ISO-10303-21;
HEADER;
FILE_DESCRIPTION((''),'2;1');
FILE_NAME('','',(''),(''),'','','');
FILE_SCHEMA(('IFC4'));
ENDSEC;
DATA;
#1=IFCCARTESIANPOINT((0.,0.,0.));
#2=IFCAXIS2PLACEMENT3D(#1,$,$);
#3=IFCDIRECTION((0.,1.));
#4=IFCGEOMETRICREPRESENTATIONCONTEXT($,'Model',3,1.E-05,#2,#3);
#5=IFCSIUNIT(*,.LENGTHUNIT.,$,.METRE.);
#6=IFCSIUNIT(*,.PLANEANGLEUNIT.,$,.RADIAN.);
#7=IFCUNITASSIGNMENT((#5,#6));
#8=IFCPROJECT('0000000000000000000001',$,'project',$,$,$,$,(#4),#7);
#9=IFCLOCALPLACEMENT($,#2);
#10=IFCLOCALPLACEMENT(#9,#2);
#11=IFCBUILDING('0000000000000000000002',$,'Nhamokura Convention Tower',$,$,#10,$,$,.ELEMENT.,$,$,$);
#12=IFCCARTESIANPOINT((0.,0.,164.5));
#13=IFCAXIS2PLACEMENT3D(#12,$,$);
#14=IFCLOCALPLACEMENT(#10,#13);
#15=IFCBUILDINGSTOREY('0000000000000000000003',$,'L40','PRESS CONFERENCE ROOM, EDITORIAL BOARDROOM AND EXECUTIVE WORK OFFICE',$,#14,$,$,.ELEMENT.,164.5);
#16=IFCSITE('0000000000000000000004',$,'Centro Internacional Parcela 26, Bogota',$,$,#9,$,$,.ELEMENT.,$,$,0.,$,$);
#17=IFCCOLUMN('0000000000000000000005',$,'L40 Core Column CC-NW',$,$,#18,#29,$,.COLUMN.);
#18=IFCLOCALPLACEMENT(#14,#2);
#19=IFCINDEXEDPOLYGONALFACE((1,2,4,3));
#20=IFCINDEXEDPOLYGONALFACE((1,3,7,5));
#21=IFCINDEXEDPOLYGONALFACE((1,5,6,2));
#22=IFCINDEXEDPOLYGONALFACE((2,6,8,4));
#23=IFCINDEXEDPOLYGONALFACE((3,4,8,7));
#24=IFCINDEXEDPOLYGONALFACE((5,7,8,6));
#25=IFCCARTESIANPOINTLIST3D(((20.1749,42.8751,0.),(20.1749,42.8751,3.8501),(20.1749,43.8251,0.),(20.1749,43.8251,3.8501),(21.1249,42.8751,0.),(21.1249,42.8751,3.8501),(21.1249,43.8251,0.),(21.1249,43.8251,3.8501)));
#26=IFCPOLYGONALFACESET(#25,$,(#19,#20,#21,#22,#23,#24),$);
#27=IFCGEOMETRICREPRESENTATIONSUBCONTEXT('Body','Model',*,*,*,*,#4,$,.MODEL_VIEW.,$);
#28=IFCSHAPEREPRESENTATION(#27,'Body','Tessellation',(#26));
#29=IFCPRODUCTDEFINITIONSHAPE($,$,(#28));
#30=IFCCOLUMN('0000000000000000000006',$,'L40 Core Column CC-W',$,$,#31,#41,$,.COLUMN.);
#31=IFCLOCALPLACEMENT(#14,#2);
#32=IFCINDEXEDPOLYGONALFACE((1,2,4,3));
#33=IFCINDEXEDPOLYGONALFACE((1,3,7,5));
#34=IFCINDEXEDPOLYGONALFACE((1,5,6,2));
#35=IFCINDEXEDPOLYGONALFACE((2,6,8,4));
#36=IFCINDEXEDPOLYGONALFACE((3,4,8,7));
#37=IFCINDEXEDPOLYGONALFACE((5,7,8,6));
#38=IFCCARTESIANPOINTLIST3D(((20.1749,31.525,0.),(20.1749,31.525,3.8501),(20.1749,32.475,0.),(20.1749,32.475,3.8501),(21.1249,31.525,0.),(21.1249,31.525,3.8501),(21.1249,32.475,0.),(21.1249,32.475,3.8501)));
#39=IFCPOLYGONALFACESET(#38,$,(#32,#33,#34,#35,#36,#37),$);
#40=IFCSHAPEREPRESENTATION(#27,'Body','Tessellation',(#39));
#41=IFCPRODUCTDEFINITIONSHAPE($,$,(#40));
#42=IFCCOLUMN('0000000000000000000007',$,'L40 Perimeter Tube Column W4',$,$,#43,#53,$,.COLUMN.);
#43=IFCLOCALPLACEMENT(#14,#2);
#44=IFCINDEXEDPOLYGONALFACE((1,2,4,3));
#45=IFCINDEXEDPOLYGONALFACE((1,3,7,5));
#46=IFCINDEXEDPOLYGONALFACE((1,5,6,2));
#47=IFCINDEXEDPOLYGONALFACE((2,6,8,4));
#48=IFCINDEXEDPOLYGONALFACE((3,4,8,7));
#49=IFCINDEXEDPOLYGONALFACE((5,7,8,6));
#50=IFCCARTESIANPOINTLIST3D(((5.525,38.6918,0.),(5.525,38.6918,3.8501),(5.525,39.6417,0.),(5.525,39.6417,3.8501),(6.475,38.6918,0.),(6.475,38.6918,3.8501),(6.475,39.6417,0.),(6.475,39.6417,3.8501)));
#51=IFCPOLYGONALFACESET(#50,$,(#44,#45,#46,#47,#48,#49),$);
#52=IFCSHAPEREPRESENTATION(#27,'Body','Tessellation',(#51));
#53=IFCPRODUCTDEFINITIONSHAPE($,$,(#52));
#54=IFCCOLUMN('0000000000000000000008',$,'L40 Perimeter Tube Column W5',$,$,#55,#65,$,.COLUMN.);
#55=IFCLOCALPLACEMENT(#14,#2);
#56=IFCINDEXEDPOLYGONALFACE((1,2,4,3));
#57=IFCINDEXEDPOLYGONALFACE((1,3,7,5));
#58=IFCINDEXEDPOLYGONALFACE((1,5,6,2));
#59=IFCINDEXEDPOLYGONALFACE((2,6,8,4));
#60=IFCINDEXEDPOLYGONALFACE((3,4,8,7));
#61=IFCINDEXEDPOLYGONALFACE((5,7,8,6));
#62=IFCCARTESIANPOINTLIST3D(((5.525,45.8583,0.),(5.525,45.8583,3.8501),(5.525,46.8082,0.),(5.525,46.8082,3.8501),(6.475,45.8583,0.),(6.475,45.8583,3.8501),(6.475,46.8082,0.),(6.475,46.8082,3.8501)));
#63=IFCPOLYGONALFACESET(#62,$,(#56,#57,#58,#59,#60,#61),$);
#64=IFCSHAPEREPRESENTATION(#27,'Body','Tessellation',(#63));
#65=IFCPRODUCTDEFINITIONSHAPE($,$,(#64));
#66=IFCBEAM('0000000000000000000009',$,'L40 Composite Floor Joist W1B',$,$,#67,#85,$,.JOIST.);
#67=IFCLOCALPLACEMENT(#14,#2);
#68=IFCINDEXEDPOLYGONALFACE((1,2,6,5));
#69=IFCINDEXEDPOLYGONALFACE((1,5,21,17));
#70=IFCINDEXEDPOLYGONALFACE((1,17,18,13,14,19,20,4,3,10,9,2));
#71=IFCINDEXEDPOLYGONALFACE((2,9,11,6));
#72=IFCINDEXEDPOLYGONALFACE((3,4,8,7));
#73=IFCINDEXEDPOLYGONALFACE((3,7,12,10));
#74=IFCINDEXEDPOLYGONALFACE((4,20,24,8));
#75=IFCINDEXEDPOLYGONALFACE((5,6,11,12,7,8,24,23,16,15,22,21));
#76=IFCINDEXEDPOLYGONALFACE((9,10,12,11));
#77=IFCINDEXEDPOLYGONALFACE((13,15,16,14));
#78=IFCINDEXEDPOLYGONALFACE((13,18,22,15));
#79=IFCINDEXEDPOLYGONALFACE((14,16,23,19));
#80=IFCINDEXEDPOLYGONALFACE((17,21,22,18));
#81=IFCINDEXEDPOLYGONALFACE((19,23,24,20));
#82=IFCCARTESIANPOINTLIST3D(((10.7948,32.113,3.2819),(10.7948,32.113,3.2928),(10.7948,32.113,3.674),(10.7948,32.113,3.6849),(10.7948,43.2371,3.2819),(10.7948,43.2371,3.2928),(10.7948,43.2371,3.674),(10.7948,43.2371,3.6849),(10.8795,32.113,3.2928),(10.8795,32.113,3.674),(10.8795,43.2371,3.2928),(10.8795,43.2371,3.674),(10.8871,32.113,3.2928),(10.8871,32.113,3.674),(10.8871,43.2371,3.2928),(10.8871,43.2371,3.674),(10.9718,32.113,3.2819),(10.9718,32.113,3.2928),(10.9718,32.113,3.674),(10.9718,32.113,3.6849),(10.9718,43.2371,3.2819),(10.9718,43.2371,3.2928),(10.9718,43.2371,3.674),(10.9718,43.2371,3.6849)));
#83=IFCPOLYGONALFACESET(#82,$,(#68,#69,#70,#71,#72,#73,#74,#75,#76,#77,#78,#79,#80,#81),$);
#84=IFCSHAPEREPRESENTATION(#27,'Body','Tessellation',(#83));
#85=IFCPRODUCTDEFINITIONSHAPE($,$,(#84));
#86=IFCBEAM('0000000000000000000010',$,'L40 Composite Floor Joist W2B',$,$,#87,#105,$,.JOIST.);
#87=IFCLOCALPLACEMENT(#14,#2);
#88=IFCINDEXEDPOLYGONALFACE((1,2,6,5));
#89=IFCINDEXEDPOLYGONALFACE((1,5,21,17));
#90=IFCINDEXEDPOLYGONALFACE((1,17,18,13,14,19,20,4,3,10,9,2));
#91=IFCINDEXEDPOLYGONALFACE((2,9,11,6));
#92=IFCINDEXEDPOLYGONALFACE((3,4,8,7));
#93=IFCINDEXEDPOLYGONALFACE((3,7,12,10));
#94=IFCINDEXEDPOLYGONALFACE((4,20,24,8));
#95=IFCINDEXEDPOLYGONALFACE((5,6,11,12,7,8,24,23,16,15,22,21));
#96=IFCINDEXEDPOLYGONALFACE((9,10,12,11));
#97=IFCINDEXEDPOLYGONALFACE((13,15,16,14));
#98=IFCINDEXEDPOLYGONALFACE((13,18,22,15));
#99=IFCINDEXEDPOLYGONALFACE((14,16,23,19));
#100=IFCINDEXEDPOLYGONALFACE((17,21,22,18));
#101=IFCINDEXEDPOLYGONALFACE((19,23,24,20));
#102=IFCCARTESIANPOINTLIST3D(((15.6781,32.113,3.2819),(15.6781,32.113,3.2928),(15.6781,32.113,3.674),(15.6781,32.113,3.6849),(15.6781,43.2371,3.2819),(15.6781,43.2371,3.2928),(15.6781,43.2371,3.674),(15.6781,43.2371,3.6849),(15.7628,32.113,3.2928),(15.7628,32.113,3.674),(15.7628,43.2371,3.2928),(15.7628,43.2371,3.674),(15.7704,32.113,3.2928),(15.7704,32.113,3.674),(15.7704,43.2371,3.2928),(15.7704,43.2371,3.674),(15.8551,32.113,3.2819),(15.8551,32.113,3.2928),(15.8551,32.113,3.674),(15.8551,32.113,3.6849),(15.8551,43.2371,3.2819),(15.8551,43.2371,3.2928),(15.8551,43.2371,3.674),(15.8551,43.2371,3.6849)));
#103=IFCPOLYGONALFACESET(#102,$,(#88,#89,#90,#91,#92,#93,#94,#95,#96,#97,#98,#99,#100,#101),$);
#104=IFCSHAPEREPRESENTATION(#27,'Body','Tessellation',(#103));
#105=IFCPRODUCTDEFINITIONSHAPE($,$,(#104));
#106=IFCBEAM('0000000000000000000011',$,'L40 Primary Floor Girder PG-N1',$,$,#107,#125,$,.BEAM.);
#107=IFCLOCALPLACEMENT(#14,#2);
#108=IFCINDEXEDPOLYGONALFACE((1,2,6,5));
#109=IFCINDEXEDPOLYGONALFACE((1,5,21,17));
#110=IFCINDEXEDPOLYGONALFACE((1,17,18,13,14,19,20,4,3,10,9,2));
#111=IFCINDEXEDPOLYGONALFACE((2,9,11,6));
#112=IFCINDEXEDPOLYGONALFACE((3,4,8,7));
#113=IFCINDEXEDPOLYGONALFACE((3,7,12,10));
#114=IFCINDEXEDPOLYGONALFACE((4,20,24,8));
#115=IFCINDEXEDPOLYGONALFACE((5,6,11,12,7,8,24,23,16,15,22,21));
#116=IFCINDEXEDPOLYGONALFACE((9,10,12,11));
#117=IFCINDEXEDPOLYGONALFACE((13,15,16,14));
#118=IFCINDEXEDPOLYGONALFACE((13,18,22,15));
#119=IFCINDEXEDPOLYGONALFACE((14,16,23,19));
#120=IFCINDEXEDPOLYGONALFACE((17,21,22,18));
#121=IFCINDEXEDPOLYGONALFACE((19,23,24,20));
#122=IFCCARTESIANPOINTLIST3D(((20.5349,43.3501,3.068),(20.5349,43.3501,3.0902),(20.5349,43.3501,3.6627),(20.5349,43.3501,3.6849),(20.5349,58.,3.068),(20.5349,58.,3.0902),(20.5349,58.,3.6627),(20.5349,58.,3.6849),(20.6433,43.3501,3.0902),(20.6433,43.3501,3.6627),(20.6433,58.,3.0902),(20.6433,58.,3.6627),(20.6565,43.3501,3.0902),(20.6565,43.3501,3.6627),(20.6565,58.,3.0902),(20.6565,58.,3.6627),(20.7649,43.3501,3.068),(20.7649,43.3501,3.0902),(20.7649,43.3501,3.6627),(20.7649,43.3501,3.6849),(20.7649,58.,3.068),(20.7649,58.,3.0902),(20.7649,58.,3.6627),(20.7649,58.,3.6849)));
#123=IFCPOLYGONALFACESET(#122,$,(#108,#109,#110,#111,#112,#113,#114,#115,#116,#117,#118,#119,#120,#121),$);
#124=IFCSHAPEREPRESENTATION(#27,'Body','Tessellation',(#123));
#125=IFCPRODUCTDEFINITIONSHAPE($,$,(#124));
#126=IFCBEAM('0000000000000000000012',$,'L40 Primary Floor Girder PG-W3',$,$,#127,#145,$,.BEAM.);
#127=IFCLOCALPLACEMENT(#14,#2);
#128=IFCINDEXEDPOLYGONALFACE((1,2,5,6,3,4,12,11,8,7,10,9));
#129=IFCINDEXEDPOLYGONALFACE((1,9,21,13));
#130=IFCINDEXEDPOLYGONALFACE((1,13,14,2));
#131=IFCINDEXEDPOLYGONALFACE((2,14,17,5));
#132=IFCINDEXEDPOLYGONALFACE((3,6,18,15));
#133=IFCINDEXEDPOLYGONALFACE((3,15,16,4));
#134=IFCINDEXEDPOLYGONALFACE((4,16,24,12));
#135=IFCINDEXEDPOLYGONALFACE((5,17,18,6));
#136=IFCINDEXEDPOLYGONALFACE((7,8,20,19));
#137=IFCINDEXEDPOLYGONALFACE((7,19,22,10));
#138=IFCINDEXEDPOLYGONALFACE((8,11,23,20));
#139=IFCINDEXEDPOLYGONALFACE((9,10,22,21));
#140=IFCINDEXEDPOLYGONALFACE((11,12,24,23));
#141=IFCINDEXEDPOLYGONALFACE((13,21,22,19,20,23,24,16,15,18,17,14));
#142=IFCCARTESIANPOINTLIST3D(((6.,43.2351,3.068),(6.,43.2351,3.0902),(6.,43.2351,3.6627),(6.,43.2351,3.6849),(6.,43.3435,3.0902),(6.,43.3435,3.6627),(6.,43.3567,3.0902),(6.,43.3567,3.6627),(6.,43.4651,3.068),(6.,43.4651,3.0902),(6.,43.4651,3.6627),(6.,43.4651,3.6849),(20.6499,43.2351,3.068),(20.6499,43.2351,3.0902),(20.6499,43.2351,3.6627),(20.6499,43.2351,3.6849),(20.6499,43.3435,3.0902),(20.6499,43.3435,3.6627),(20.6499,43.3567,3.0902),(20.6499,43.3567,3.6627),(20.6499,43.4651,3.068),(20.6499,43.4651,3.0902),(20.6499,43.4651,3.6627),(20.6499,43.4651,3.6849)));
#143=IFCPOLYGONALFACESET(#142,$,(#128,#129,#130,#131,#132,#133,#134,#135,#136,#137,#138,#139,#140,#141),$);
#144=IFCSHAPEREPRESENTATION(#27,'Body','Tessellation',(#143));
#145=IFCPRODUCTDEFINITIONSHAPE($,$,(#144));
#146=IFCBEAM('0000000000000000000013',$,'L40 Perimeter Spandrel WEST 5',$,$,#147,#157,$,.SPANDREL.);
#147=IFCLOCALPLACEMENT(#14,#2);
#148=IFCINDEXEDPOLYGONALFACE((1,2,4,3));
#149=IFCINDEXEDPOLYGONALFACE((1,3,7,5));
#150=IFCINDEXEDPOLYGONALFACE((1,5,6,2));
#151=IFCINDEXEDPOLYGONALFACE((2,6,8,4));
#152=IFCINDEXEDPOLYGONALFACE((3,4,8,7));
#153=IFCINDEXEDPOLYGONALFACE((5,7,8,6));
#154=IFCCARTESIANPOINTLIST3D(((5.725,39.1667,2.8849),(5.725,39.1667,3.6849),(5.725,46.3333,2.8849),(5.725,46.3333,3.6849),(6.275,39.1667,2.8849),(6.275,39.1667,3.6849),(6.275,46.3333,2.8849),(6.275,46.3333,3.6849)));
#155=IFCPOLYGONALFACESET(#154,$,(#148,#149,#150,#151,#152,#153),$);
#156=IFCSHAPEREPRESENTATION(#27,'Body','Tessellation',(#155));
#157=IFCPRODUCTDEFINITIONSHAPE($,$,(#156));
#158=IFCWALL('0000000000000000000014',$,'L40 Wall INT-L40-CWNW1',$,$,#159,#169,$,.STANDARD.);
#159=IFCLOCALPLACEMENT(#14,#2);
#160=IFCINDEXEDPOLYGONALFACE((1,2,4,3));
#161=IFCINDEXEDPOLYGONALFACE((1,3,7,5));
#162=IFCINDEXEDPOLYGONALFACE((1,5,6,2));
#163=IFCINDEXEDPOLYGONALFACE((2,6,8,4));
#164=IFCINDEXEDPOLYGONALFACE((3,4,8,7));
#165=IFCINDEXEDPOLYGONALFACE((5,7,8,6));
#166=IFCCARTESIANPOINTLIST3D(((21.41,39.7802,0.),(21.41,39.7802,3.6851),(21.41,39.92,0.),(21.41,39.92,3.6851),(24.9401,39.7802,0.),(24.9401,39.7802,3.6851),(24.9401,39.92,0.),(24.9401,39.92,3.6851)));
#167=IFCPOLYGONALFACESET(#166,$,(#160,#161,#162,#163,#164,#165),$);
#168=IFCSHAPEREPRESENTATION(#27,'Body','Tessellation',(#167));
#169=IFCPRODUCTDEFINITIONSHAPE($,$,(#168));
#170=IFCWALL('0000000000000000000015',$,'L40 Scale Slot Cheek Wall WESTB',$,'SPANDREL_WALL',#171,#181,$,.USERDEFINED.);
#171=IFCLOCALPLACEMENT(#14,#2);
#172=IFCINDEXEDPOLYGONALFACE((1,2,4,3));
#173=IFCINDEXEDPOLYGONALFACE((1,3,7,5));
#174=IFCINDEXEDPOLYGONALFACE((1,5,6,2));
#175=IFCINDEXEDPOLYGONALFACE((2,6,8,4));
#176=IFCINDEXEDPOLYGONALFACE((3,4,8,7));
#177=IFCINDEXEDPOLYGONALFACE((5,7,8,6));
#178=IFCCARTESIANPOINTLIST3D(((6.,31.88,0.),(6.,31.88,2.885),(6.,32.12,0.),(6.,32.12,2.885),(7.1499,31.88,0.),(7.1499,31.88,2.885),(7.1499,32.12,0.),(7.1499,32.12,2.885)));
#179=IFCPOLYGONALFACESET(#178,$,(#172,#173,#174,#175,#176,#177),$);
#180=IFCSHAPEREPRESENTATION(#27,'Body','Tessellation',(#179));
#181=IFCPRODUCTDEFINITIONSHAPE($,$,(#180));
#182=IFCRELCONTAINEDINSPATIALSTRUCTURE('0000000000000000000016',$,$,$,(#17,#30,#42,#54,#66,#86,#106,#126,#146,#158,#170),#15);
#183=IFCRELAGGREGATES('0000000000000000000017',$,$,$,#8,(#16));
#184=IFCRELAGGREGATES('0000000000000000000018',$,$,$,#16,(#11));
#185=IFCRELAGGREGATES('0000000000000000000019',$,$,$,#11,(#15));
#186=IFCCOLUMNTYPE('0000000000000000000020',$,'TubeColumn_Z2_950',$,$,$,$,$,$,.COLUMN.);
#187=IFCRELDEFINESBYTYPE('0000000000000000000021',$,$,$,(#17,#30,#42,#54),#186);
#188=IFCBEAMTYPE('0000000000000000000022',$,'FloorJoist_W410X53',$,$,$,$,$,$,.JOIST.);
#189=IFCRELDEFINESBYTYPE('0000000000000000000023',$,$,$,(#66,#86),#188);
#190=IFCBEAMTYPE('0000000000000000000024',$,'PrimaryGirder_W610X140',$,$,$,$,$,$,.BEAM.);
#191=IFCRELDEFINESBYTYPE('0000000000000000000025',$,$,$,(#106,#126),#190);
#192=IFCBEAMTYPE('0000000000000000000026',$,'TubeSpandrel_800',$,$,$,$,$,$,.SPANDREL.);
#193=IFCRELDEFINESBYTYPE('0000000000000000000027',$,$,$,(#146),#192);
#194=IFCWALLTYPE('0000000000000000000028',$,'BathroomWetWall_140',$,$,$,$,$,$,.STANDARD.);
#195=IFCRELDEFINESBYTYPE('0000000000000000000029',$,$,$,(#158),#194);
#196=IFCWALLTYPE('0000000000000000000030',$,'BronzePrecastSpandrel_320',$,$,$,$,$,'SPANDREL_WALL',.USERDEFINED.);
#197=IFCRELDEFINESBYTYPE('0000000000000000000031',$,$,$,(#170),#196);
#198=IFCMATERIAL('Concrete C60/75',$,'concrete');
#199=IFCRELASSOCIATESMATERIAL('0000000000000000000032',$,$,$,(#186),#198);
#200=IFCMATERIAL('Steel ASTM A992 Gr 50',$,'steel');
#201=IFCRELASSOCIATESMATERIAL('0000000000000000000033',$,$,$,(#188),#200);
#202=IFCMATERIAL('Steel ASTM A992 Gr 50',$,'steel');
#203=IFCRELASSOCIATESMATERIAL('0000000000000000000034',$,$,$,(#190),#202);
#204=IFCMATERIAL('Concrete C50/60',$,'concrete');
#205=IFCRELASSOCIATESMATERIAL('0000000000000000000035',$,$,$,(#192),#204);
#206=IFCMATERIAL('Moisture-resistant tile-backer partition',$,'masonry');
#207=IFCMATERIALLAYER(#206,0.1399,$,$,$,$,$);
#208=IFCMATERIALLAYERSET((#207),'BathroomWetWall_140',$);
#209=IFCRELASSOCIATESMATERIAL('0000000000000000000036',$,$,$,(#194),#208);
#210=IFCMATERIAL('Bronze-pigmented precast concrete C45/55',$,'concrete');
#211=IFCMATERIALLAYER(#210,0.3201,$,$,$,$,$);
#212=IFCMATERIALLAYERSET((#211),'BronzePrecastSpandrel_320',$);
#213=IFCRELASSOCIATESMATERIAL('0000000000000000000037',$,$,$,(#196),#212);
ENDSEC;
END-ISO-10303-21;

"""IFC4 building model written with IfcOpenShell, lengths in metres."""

from ifc_helpers import new_model, si_unit, direction, frame, frame_2d, origin, origin_2d, place, context, subcontext, project, spatial, rectangle, i_section, extrude, material, layer, layer_set, material_profile, profile_set, type_object, element, save


model = new_model("IFC4")

# Units and contexts
model_context = context("Model", 3, precision=1e-05, world=origin(), true_north=direction((0.0, 1.0)))
body_context = subcontext(model_context, "Body", "Model", "MODEL_VIEW")
ifc_project = project(units=[si_unit("LENGTHUNIT", "METRE"), si_unit("PLANEANGLEUNIT", "RADIAN")], contexts=[model_context])

# Site, building, storey
site_placement = place(None, origin())
site = spatial("IfcSite", under=ifc_project, at=site_placement, Name="Centro Internacional Parcela 26, Bogota", CompositionType="ELEMENT", RefElevation=0.0)
building_placement = place(site_placement, origin())
building = spatial("IfcBuilding", under=site, at=building_placement, Name="Nhamokura Convention Tower", CompositionType="ELEMENT")
storey_placement = place(building_placement, frame((0.0, 0.0, 164.5)))
storey = spatial("IfcBuildingStorey", under=building, at=storey_placement, Name="L40", Description="PRESS CONFERENCE ROOM, EDITORIAL BOARDROOM AND EXECUTIVE WORK OFFICE", CompositionType="ELEMENT", Elevation=164.5)

# Columns
ifc_material_1 = material(Name="Concrete C60/75", Category="concrete")
ifc_material_profile_1 = material_profile(ifc_material_1, rectangle(XDim=0.95, YDim=0.95, at=origin_2d()))
ifc_profile_set_1 = profile_set([ifc_material_profile_1], Name="Concrete C60/75")
column_type = type_object("IfcColumnType", Name="TubeColumn_Z2_950", PredefinedType="COLUMN", material=ifc_profile_set_1)
for number, where, z_axis, x_axis, name in (
    (1, (20.6499, 43.3501, 0.0), (0.0, 0.0, 1.0), (1.0, 0.0, 0.0), "L40 Core Column CC-NW"),
    (2, (20.6499, 32.0, 0.0), (0.0, 0.0, 1.0), (1.0, 0.0, 0.0), "L40 Core Column CC-W"),
    (3, (6.0, 39.1667, 0.0), (0.0, 0.0, 1.0), (1.0, 0.0, 0.0), "L40 Perimeter Tube Column W4"),
    (4, (6.0, 46.3333, 0.0), (0.0, 0.0, 1.0), (1.0, 0.0, 0.0), "L40 Perimeter Tube Column W5"),
):
    element("IfcColumn", number, at=place(storey_placement, frame(where, z_axis=z_axis, x_axis=x_axis)), inside=storey, type_object=column_type, Name=name, PredefinedType="COLUMN", context=body_context, shape_type="SweptSolid", body=[
        extrude(rectangle(XDim=0.95, YDim=0.95, at=origin_2d()), origin(), (0.0, 0.0, 1.0), 3.8501),
    ])

# Beams
ifc_material_2 = material(Name="Steel ASTM A992 Gr 50", Category="steel")
ifc_material_profile_2 = material_profile(ifc_material_2, i_section(OverallWidth=0.177, OverallDepth=0.4031, WebThickness=0.0076, FlangeThickness=0.011, at=origin_2d()))
ifc_profile_set_2 = profile_set([ifc_material_profile_2], Name="Steel ASTM A992 Gr 50")
beam_type_1 = type_object("IfcBeamType", Name="FloorJoist_W410X53", PredefinedType="JOIST", material=ifc_profile_set_2)
for number, where, z_axis, x_axis, name in (
    (5, (10.8833, 32.113, 3.4834), (0.0, 1.0, 0.0), (-1.0, 0.0, 0.0), "L40 Composite Floor Joist W1B"),
    (6, (15.7666, 32.113, 3.4834), (0.0, 1.0, 0.0), (-1.0, 0.0, 0.0), "L40 Composite Floor Joist W2B"),
):
    element("IfcBeam", number, at=place(storey_placement, frame(where, z_axis=z_axis, x_axis=x_axis)), inside=storey, type_object=beam_type_1, Name=name, PredefinedType="JOIST", context=body_context, shape_type="SweptSolid", body=[
        extrude(i_section(OverallWidth=0.177, OverallDepth=0.4031, WebThickness=0.0076, FlangeThickness=0.011, at=origin_2d()), origin(), (0.0, 0.0, 1.0), 11.124),
    ])
ifc_material_3 = material(Name="Steel ASTM A992 Gr 50", Category="steel")
ifc_material_profile_3 = material_profile(ifc_material_3, i_section(OverallWidth=0.23, OverallDepth=0.6169, WebThickness=0.0132, FlangeThickness=0.0222, at=origin_2d()))
ifc_profile_set_3 = profile_set([ifc_material_profile_3], Name="Steel ASTM A992 Gr 50")
beam_type_2 = type_object("IfcBeamType", Name="PrimaryGirder_W610X140", PredefinedType="BEAM", material=ifc_profile_set_3)
for number, where, z_axis, x_axis, name in (
    (7, (20.6499, 43.3501, 3.3765), (0.0, 1.0, 0.0), (-1.0, 0.0, 0.0), "L40 Primary Floor Girder PG-N1"),
    (8, (6.0, 43.3501, 3.3765), (1.0, 0.0, 0.0), (0.0, 1.0, 0.0), "L40 Primary Floor Girder PG-W3"),
):
    element("IfcBeam", number, at=place(storey_placement, frame(where, z_axis=z_axis, x_axis=x_axis)), inside=storey, type_object=beam_type_2, Name=name, PredefinedType="BEAM", context=body_context, shape_type="SweptSolid", body=[
        extrude(i_section(OverallWidth=0.23, OverallDepth=0.6169, WebThickness=0.0132, FlangeThickness=0.0222, at=origin_2d()), origin(), (0.0, 0.0, 1.0), 14.6499),
    ])
ifc_material_4 = material(Name="Concrete C50/60", Category="concrete")
ifc_material_profile_4 = material_profile(ifc_material_4, rectangle(XDim=0.55, YDim=0.8, at=origin_2d()))
ifc_profile_set_4 = profile_set([ifc_material_profile_4], Name="Concrete C50/60")
beam_type_3 = type_object("IfcBeamType", Name="TubeSpandrel_800", PredefinedType="SPANDREL", material=ifc_profile_set_4)
beam_placement = place(storey_placement, frame((6.0, 39.1667, 3.2849), z_axis=(0.0, 1.0, 0.0), x_axis=(-1.0, 0.0, 0.0)))
element("IfcBeam", 9, at=beam_placement, inside=storey, type_object=beam_type_3, Name="L40 Perimeter Spandrel WEST 5", PredefinedType="SPANDREL", context=body_context, shape_type="SweptSolid", body=[
    extrude(rectangle(XDim=0.55, YDim=0.8, at=origin_2d()), origin(), (0.0, 0.0, 1.0), 7.1665),
])

# Walls
ifc_material_5 = material(Name="Moisture-resistant tile-backer partition", Category="masonry")
ifc_layer_1 = layer(ifc_material_5, 0.1399)
ifc_layer_set_1 = layer_set([ifc_layer_1], Name="BathroomWetWall_140")
wall_type_1 = type_object("IfcWallType", Name="BathroomWetWall_140", PredefinedType="STANDARD", material=ifc_layer_set_1)
wall_1_placement = place(storey_placement, frame((21.4099, 39.8501, 0.0), z_axis=(0.0, 0.0, 1.0), x_axis=(1.0, 0.0, 0.0)))
element("IfcWall", 10, at=wall_1_placement, inside=storey, type_object=wall_type_1, Name="L40 Wall INT-L40-CWNW1", PredefinedType="STANDARD", context=body_context, shape_type="SweptSolid", body=[
    extrude(rectangle(XDim=3.53, YDim=0.1399, at=frame_2d((1.7651, 0.0))), origin(), (0.0, 0.0, 1.0), 3.6851),
])
ifc_material_6 = material(Name="Bronze-pigmented precast concrete C45/55", Category="concrete")
ifc_layer_2 = layer(ifc_material_6, 0.3201)
ifc_layer_set_2 = layer_set([ifc_layer_2], Name="BronzePrecastSpandrel_320")
wall_type_2 = type_object("IfcWallType", Name="BronzePrecastSpandrel_320", ElementType="SPANDREL_WALL", PredefinedType="USERDEFINED", material=ifc_layer_set_2)
wall_2_placement = place(storey_placement, frame((6.0, 32.0, 0.0), z_axis=(0.0, 0.0, 1.0), x_axis=(1.0, 0.0, 0.0)))
element("IfcWall", 11, at=wall_2_placement, inside=storey, type_object=wall_type_2, Name="L40 Scale Slot Cheek Wall WESTB", ObjectType="SPANDREL_WALL", PredefinedType="USERDEFINED", context=body_context, shape_type="SweptSolid", body=[
    extrude(rectangle(XDim=1.1499, YDim=0.24, at=frame_2d((0.575, 0.0))), origin(), (0.0, 0.0, 1.0), 2.885),
])

save(model, "model.ifc")
